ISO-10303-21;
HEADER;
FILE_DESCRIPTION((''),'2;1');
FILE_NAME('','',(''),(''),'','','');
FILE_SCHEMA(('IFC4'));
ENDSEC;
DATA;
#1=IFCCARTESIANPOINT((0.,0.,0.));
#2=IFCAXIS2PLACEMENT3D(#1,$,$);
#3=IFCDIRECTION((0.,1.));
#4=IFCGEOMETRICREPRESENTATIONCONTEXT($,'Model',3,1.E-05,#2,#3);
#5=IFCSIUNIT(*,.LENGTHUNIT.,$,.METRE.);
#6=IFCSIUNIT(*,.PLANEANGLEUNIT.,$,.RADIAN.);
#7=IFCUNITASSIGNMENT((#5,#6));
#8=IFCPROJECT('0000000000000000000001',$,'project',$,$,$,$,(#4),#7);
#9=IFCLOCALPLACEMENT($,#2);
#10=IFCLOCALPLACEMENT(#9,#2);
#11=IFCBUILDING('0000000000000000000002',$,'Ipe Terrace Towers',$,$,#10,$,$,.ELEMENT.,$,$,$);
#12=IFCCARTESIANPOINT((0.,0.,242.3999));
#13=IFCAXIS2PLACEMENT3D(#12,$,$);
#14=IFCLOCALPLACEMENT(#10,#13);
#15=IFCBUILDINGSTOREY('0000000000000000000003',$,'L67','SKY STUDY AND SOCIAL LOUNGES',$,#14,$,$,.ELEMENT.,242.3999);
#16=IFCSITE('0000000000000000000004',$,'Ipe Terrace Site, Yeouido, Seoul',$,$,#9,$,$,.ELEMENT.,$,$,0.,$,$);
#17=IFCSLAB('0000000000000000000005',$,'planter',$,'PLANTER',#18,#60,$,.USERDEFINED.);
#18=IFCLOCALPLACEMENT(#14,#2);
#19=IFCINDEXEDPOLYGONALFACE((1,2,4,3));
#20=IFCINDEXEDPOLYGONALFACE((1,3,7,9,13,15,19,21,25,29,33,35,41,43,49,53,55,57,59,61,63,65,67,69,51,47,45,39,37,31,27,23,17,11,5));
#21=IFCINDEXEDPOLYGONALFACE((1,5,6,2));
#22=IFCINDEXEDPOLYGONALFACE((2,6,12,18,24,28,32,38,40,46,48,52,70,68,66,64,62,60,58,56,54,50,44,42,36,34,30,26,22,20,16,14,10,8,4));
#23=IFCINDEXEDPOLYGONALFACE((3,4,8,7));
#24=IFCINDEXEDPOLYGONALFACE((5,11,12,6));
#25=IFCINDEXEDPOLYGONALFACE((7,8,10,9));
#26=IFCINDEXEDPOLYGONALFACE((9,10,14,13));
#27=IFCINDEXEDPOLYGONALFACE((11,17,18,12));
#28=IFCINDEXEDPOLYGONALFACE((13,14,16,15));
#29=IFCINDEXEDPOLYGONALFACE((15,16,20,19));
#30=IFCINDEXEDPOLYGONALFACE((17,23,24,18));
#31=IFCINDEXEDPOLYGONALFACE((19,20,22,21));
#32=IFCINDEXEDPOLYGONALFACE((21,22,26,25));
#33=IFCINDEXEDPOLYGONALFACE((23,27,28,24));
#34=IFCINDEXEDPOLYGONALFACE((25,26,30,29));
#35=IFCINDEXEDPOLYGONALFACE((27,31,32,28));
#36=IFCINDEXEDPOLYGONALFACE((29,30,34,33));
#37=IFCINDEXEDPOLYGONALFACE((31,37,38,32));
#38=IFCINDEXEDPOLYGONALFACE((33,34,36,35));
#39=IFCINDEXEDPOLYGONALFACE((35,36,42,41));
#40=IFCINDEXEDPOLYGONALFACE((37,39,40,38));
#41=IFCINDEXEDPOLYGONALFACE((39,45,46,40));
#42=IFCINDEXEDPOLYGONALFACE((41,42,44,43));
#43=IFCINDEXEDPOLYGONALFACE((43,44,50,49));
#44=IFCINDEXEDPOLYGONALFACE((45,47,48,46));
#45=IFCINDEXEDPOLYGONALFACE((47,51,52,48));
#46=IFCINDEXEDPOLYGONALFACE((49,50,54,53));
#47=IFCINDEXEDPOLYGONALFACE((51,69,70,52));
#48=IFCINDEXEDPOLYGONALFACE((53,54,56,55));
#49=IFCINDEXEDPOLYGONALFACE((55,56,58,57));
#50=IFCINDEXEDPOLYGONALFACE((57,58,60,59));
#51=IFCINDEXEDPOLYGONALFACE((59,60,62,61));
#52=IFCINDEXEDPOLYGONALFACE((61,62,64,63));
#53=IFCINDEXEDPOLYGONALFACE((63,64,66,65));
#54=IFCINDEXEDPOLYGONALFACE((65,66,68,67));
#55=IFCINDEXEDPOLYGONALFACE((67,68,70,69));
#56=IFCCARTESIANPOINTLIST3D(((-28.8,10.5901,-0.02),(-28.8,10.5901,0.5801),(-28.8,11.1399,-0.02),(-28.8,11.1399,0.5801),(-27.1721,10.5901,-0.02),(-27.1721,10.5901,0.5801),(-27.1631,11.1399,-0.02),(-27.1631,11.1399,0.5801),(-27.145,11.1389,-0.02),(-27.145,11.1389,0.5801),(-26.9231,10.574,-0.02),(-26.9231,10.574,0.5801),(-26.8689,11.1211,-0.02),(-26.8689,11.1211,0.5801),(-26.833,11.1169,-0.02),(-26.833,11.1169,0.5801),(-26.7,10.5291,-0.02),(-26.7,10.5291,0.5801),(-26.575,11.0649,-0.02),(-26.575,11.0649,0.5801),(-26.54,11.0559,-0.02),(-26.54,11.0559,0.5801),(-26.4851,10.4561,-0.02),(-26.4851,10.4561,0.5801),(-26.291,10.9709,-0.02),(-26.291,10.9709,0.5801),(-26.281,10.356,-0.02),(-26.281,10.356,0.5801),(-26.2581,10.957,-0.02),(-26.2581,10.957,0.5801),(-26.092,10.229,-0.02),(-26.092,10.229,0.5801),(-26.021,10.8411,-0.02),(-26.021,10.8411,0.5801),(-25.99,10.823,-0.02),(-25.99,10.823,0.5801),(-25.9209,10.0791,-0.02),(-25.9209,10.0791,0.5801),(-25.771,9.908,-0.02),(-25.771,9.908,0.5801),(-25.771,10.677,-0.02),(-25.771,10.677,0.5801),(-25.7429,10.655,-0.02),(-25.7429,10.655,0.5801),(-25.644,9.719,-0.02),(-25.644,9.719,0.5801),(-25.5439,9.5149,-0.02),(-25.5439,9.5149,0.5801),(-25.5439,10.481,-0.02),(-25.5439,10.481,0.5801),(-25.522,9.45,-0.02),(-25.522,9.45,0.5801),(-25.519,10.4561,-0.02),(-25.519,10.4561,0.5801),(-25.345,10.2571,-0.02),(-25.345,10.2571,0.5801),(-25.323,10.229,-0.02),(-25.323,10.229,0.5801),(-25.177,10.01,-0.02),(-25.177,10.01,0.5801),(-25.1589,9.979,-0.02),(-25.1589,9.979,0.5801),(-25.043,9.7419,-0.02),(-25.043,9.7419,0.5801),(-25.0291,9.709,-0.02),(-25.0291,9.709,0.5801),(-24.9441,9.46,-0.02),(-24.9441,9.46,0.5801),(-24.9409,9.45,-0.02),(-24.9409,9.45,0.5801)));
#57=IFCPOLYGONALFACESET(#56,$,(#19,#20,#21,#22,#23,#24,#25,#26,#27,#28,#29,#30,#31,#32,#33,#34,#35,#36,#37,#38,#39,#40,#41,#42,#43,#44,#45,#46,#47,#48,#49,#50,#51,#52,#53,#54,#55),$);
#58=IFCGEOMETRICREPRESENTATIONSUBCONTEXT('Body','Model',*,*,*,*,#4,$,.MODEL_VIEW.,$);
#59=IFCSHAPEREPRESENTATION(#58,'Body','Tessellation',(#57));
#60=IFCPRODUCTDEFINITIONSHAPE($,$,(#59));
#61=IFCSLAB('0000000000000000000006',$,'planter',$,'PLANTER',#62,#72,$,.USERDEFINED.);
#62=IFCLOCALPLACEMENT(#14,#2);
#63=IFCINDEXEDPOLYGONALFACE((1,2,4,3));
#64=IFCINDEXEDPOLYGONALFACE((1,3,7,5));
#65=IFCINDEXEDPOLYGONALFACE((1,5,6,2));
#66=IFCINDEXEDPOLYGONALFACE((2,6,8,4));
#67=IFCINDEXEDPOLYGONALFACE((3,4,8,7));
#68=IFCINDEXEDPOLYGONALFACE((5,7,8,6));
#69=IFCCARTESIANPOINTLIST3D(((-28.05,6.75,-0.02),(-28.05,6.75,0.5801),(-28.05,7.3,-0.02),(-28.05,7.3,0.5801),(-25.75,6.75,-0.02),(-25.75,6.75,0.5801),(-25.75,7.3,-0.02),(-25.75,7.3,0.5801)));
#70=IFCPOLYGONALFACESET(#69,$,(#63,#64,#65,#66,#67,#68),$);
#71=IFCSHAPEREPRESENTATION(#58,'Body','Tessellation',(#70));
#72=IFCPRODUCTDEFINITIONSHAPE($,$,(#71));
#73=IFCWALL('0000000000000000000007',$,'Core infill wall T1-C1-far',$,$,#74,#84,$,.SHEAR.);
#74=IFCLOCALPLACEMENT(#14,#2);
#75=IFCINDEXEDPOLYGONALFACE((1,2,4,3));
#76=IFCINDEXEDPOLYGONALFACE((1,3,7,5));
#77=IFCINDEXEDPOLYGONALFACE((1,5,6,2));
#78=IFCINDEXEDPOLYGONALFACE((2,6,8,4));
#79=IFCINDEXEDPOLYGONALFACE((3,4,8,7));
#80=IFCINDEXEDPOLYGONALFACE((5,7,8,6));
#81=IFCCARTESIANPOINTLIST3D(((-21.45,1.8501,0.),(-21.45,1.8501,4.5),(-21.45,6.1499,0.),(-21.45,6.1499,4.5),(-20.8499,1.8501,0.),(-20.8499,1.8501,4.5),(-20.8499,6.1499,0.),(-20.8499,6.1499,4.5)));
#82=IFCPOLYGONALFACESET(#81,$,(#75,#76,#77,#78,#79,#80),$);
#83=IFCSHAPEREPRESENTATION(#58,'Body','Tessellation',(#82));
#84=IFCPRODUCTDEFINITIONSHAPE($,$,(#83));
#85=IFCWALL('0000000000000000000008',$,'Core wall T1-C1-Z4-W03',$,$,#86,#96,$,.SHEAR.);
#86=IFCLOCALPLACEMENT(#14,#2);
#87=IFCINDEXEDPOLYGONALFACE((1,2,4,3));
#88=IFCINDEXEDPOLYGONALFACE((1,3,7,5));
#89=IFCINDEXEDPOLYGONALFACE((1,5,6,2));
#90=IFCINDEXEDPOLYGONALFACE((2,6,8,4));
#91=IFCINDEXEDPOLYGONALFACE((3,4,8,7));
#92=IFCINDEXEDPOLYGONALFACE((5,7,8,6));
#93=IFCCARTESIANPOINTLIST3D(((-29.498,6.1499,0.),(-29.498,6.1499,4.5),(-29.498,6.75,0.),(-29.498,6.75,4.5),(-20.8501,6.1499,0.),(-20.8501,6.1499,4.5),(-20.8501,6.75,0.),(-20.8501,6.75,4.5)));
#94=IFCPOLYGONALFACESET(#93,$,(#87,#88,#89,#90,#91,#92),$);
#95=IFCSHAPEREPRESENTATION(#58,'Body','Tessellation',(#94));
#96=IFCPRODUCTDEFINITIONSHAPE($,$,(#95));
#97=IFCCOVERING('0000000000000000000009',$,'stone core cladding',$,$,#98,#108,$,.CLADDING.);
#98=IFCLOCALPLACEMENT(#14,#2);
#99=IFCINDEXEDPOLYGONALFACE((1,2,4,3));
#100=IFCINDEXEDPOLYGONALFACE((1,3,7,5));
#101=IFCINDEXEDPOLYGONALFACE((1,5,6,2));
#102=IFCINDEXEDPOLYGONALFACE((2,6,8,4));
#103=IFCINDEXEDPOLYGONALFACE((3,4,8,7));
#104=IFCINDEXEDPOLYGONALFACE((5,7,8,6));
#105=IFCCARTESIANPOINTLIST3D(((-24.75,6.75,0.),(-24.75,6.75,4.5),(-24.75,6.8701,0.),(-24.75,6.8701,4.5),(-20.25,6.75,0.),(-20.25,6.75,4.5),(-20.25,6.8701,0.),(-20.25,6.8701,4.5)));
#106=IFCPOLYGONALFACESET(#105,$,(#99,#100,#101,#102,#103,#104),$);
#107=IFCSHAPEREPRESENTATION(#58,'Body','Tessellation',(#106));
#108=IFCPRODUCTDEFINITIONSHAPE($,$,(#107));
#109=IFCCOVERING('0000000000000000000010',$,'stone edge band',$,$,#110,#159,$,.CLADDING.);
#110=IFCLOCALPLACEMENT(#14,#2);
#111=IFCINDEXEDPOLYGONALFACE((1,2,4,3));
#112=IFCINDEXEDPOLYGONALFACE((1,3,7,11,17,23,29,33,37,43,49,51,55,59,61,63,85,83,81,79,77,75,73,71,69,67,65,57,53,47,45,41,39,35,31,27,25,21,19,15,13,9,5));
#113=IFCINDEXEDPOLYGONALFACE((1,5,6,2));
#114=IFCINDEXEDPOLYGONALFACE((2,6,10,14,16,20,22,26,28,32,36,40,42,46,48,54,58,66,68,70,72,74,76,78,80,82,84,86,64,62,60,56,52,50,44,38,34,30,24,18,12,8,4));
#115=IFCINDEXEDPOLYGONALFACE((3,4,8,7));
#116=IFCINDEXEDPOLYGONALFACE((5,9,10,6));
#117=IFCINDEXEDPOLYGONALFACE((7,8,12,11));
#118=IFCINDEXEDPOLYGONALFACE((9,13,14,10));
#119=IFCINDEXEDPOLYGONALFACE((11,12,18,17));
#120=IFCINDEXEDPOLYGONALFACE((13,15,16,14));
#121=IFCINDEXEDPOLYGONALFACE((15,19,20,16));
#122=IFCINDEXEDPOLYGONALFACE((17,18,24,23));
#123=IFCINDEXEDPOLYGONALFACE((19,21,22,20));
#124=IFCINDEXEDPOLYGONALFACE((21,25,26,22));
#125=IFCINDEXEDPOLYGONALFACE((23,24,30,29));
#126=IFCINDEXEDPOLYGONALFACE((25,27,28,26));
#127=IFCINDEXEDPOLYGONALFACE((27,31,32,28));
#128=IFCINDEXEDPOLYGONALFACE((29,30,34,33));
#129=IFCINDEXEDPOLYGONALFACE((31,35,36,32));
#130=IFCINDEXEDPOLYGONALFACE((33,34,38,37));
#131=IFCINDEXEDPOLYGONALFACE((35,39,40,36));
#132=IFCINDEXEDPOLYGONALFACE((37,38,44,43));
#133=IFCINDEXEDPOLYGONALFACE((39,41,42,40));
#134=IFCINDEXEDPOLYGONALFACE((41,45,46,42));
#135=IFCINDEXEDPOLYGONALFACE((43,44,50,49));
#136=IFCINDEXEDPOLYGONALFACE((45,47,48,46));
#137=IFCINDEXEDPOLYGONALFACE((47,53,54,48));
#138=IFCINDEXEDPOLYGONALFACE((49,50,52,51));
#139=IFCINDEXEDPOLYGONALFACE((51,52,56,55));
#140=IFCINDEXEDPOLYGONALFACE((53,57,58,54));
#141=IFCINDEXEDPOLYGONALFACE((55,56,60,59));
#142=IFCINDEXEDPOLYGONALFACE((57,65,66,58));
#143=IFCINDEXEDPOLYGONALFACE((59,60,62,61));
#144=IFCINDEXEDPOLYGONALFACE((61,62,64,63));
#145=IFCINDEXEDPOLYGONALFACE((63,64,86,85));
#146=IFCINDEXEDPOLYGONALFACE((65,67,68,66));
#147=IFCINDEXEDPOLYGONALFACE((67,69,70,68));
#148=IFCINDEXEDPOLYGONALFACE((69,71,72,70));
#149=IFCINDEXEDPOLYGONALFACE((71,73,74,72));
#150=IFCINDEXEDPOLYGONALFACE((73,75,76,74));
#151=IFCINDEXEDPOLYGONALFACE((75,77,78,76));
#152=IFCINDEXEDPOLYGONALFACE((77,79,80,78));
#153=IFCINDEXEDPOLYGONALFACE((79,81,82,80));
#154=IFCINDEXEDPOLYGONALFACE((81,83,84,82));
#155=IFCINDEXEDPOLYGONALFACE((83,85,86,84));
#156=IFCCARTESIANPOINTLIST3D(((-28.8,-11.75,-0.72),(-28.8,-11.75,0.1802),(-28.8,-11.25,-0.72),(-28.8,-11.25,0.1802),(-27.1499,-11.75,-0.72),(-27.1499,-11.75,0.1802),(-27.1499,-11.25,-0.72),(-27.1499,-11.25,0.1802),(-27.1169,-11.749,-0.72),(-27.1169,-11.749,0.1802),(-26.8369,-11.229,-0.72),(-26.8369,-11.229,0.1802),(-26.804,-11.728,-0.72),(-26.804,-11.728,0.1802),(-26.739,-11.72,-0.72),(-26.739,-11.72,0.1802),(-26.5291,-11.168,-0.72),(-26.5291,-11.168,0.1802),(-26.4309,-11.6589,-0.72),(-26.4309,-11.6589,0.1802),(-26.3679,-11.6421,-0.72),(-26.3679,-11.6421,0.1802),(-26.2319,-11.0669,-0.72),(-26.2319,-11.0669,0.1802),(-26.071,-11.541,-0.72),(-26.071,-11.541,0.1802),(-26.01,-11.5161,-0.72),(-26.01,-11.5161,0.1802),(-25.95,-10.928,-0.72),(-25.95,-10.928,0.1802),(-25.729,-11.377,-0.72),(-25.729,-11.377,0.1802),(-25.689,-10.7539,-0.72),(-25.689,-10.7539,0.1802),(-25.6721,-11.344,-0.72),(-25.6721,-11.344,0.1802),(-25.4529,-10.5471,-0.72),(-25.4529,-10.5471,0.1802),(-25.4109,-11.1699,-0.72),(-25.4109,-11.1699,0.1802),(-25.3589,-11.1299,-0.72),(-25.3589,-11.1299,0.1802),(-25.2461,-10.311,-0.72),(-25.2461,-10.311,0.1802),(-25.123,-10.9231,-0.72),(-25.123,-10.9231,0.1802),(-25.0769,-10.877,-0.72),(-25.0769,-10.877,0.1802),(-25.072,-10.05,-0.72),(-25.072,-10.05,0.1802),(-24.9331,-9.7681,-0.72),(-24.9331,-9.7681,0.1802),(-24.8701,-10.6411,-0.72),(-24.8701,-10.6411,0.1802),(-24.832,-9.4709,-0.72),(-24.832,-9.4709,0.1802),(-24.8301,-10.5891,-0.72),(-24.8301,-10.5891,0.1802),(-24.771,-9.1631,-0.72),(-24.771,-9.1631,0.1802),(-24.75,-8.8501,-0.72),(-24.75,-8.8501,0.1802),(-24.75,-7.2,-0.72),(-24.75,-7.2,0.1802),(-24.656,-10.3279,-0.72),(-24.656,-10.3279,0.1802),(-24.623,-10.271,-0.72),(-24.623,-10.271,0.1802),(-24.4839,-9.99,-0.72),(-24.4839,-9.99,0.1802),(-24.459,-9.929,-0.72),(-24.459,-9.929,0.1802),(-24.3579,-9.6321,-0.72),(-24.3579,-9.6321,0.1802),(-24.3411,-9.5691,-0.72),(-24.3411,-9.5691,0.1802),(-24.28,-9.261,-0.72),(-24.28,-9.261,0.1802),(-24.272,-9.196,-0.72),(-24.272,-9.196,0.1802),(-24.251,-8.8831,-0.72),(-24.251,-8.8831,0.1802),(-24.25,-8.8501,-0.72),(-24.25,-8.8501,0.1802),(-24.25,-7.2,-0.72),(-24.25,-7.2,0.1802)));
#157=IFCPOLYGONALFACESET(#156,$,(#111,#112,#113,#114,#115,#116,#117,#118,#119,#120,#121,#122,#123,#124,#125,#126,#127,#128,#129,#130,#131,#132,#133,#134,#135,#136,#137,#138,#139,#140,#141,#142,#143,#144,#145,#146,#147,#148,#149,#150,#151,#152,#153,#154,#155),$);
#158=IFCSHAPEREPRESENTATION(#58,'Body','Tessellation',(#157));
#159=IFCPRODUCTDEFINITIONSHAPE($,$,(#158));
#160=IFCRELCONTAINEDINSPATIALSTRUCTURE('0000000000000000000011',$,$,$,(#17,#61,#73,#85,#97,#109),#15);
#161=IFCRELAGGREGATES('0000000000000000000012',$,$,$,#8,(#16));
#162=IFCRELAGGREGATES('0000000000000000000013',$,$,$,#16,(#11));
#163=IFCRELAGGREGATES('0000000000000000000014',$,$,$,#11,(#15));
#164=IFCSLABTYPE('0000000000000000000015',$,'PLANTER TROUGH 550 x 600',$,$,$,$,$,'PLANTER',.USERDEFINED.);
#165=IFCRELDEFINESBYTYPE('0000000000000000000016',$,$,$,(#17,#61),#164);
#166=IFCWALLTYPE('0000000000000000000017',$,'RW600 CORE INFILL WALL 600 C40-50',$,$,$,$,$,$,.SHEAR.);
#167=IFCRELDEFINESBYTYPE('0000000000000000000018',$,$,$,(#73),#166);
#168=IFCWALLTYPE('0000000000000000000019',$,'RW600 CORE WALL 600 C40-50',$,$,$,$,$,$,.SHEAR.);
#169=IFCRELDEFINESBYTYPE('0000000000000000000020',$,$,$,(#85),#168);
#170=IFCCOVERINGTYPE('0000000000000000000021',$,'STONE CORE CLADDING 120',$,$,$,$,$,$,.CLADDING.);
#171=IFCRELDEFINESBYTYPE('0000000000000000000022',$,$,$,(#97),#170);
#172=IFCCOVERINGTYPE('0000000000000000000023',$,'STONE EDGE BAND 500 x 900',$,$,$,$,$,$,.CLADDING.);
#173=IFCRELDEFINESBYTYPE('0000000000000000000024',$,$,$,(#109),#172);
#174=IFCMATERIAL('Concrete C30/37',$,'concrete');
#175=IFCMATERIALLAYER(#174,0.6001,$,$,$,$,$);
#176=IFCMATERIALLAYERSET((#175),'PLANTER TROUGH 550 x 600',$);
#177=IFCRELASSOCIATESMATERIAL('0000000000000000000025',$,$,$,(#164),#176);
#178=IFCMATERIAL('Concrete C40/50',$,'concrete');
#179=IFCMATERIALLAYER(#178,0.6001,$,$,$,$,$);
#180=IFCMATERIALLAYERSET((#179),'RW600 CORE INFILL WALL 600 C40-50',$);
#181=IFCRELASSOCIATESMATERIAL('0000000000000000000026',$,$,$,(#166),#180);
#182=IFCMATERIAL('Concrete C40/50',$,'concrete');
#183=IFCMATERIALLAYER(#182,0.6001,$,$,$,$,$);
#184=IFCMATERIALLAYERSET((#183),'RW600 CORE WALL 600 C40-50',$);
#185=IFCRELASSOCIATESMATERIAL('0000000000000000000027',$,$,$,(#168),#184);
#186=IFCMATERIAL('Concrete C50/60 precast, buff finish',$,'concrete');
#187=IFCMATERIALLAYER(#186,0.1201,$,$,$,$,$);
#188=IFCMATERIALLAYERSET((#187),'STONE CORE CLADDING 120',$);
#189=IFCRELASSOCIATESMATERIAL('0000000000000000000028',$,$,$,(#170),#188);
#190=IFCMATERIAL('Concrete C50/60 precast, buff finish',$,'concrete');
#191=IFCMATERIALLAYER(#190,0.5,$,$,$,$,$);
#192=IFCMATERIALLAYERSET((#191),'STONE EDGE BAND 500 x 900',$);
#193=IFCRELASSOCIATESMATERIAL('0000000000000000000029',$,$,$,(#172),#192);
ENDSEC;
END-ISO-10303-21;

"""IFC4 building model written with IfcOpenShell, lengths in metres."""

from ifc_helpers import new_model, si_unit, direction, frame, frame_2d, origin, origin_2d, place, context, subcontext, project, spatial, polyline, rectangle, outline, extrude, material, layer, layer_set, type_object, element, save


model = new_model("IFC4")

# Units and contexts
model_context = context("Model", 3, precision=1e-05, world=origin(), true_north=direction((0.0, 1.0)))
body_context = subcontext(model_context, "Body", "Model", "MODEL_VIEW")
ifc_project = project(units=[si_unit("LENGTHUNIT", "METRE"), si_unit("PLANEANGLEUNIT", "RADIAN")], contexts=[model_context])

# Site, building, storey
site_placement = place(None, origin())
site = spatial("IfcSite", under=ifc_project, at=site_placement, Name="Ipe Terrace Site, Yeouido, Seoul", CompositionType="ELEMENT", RefElevation=0.0)
building_placement = place(site_placement, origin())
building = spatial("IfcBuilding", under=site, at=building_placement, Name="Ipe Terrace Towers", CompositionType="ELEMENT")
storey_placement = place(building_placement, frame((0.0, 0.0, 242.3999)))
storey = spatial("IfcBuildingStorey", under=building, at=storey_placement, Name="L67", Description="SKY STUDY AND SOCIAL LOUNGES", CompositionType="ELEMENT", Elevation=242.3999)

# Slabs
ifc_material_1 = material(Name="Concrete C30/37", Category="concrete")
ifc_layer_1 = layer(ifc_material_1, 0.6001)
ifc_layer_set_1 = layer_set([ifc_layer_1], Name="PLANTER TROUGH 550 x 600")
slab_type_1 = type_object("IfcSlabType", Name="PLANTER TROUGH 550 x 600", ElementType="PLANTER", PredefinedType="USERDEFINED", material=ifc_layer_set_1)
slab_1_placement = place(storey_placement, frame((0.0, 0.0, -0.02)))
element("IfcSlab", 1, at=slab_1_placement, inside=storey, type_object=slab_type_1, Name="planter", ObjectType="PLANTER", PredefinedType="USERDEFINED", context=body_context, shape_type="SweptSolid", body=[
    extrude(outline(polyline([(-25.5439, 9.5149), (-25.522, 9.45), (-24.9409, 9.45), (-24.9441, 9.46), (-25.0291, 9.709), (-25.043, 9.7419), (-25.1589, 9.979), (-25.177, 10.01), (-25.323, 10.229), (-25.345, 10.2571), (-25.519, 10.4561), (-25.5439, 10.481), (-25.7429, 10.655), (-25.771, 10.677), (-25.99, 10.823), (-26.021, 10.8411), (-26.2581, 10.957), (-26.291, 10.9709), (-26.54, 11.0559), (-26.575, 11.0649), (-26.833, 11.1169), (-26.8689, 11.1211), (-27.145, 11.1389), (-27.1631, 11.1399), (-28.8, 11.1399), (-28.8, 10.5901), (-27.1721, 10.5901), (-26.9231, 10.574), (-26.7, 10.5291), (-26.4851, 10.4561), (-26.281, 10.356), (-26.092, 10.229), (-25.9209, 10.0791), (-25.771, 9.908), (-25.644, 9.719), (-25.5439, 9.5149)])), origin(), (0.0, 0.0, 1.0), 0.6001),
])
slab_2_placement = place(storey_placement, frame((0.0, 0.0, -0.02)))
element("IfcSlab", 2, at=slab_2_placement, inside=storey, type_object=slab_type_1, Name="planter", ObjectType="PLANTER", PredefinedType="USERDEFINED", context=body_context, shape_type="SweptSolid", body=[
    extrude(outline(polyline([(-28.05, 6.75), (-25.75, 6.75), (-25.75, 7.3), (-28.05, 7.3), (-28.05, 6.75)])), origin(), (0.0, 0.0, 1.0), 0.6001),
])

# Walls
ifc_material_2 = material(Name="Concrete C40/50", Category="concrete")
ifc_layer_2 = layer(ifc_material_2, 0.6001)
ifc_layer_set_2 = layer_set([ifc_layer_2], Name="RW600 CORE INFILL WALL 600 C40-50")
wall_type_1 = type_object("IfcWallType", Name="RW600 CORE INFILL WALL 600 C40-50", PredefinedType="SHEAR", material=ifc_layer_set_2)
wall_1_placement = place(storey_placement, frame((-21.1499, 1.8501, 0.0), z_axis=(0.0, 0.0, 1.0), x_axis=(0.0, 1.0, 0.0)))
element("IfcWall", 3, at=wall_1_placement, inside=storey, type_object=wall_type_1, Name="Core infill wall T1-C1-far", PredefinedType="SHEAR", context=body_context, shape_type="SweptSolid", body=[
    extrude(rectangle(XDim=4.2998, YDim=0.6001, at=frame_2d((2.1499, 0.0))), origin(), (0.0, 0.0, 1.0), 4.5),
])
ifc_material_3 = material(Name="Concrete C40/50", Category="concrete")
ifc_layer_3 = layer(ifc_material_3, 0.6001)
ifc_layer_set_3 = layer_set([ifc_layer_3], Name="RW600 CORE WALL 600 C40-50")
wall_type_2 = type_object("IfcWallType", Name="RW600 CORE WALL 600 C40-50", PredefinedType="SHEAR", material=ifc_layer_set_3)
wall_2_placement = place(storey_placement, frame((-20.8501, 6.45, 0.0), z_axis=(0.0, 0.0, 1.0), x_axis=(-1.0, 0.0, 0.0)))
element("IfcWall", 4, at=wall_2_placement, inside=storey, type_object=wall_type_2, Name="Core wall T1-C1-Z4-W03", PredefinedType="SHEAR", context=body_context, shape_type="SweptSolid", body=[
    extrude(rectangle(XDim=8.6479, YDim=0.6001, at=frame_2d((4.324, 0.0))), origin(), (0.0, 0.0, 1.0), 4.5),
])

# Coverings
ifc_material_4 = material(Name="Concrete C50/60 precast, buff finish", Category="concrete")
ifc_layer_4 = layer(ifc_material_4, 0.1201)
ifc_layer_set_4 = layer_set([ifc_layer_4], Name="STONE CORE CLADDING 120")
covering_type_1 = type_object("IfcCoveringType", Name="STONE CORE CLADDING 120", PredefinedType="CLADDING", material=ifc_layer_set_4)
covering_1_placement = place(storey_placement, frame((-22.5, 6.8101, 0.0), z_axis=(0.0, 0.0, 1.0), x_axis=(-1.0, 0.0, 0.0)))
element("IfcCovering", 5, at=covering_1_placement, inside=storey, type_object=covering_type_1, Name="stone core cladding", PredefinedType="CLADDING", context=body_context, shape_type="SweptSolid", body=[
    extrude(rectangle(XDim=4.5, YDim=0.1201, at=origin_2d()), origin(), (0.0, 0.0, 1.0), 4.5),
])
ifc_material_5 = material(Name="Concrete C50/60 precast, buff finish", Category="concrete")
ifc_layer_5 = layer(ifc_material_5, 0.5)
ifc_layer_set_5 = layer_set([ifc_layer_5], Name="STONE EDGE BAND 500 x 900")
covering_type_2 = type_object("IfcCoveringType", Name="STONE EDGE BAND 500 x 900", PredefinedType="CLADDING", material=ifc_layer_set_5)
covering_2_placement = place(storey_placement, frame((0.0, 0.0, -0.72)))
element("IfcCovering", 6, at=covering_2_placement, inside=storey, type_object=covering_type_2, Name="stone edge band", PredefinedType="CLADDING", context=body_context, shape_type="SweptSolid", body=[
    extrude(outline(polyline([(-27.1499, -11.75), (-27.1169, -11.749), (-26.804, -11.728), (-26.739, -11.72), (-26.4309, -11.6589), (-26.3679, -11.6421), (-26.071, -11.541), (-26.01, -11.5161), (-25.729, -11.377), (-25.6721, -11.344), (-25.4109, -11.1699), (-25.3589, -11.1299), (-25.123, -10.9231), (-25.0769, -10.877), (-24.8701, -10.6411), (-24.8301, -10.5891), (-24.656, -10.3279), (-24.623, -10.271), (-24.4839, -9.99), (-24.459, -9.929), (-24.3579, -9.6321), (-24.3411, -9.5691), (-24.28, -9.261), (-24.272, -9.196), (-24.251, -8.8831), (-24.25, -8.8501), (-24.25, -7.2), (-24.75, -7.2), (-24.75, -8.8501), (-24.771, -9.1631), (-24.832, -9.4709), (-24.9331, -9.7681), (-25.072, -10.05), (-25.2461, -10.311), (-25.4529, -10.5471), (-25.689, -10.7539), (-25.95, -10.928), (-26.2319, -11.0669), (-26.5291, -11.168), (-26.8369, -11.229), (-27.1499, -11.25), (-28.8, -11.25), (-28.8, -11.75), (-27.1499, -11.75)])), origin(), (0.0, 0.0, 1.0), 0.9001),
])

save(model, "model.ifc")
